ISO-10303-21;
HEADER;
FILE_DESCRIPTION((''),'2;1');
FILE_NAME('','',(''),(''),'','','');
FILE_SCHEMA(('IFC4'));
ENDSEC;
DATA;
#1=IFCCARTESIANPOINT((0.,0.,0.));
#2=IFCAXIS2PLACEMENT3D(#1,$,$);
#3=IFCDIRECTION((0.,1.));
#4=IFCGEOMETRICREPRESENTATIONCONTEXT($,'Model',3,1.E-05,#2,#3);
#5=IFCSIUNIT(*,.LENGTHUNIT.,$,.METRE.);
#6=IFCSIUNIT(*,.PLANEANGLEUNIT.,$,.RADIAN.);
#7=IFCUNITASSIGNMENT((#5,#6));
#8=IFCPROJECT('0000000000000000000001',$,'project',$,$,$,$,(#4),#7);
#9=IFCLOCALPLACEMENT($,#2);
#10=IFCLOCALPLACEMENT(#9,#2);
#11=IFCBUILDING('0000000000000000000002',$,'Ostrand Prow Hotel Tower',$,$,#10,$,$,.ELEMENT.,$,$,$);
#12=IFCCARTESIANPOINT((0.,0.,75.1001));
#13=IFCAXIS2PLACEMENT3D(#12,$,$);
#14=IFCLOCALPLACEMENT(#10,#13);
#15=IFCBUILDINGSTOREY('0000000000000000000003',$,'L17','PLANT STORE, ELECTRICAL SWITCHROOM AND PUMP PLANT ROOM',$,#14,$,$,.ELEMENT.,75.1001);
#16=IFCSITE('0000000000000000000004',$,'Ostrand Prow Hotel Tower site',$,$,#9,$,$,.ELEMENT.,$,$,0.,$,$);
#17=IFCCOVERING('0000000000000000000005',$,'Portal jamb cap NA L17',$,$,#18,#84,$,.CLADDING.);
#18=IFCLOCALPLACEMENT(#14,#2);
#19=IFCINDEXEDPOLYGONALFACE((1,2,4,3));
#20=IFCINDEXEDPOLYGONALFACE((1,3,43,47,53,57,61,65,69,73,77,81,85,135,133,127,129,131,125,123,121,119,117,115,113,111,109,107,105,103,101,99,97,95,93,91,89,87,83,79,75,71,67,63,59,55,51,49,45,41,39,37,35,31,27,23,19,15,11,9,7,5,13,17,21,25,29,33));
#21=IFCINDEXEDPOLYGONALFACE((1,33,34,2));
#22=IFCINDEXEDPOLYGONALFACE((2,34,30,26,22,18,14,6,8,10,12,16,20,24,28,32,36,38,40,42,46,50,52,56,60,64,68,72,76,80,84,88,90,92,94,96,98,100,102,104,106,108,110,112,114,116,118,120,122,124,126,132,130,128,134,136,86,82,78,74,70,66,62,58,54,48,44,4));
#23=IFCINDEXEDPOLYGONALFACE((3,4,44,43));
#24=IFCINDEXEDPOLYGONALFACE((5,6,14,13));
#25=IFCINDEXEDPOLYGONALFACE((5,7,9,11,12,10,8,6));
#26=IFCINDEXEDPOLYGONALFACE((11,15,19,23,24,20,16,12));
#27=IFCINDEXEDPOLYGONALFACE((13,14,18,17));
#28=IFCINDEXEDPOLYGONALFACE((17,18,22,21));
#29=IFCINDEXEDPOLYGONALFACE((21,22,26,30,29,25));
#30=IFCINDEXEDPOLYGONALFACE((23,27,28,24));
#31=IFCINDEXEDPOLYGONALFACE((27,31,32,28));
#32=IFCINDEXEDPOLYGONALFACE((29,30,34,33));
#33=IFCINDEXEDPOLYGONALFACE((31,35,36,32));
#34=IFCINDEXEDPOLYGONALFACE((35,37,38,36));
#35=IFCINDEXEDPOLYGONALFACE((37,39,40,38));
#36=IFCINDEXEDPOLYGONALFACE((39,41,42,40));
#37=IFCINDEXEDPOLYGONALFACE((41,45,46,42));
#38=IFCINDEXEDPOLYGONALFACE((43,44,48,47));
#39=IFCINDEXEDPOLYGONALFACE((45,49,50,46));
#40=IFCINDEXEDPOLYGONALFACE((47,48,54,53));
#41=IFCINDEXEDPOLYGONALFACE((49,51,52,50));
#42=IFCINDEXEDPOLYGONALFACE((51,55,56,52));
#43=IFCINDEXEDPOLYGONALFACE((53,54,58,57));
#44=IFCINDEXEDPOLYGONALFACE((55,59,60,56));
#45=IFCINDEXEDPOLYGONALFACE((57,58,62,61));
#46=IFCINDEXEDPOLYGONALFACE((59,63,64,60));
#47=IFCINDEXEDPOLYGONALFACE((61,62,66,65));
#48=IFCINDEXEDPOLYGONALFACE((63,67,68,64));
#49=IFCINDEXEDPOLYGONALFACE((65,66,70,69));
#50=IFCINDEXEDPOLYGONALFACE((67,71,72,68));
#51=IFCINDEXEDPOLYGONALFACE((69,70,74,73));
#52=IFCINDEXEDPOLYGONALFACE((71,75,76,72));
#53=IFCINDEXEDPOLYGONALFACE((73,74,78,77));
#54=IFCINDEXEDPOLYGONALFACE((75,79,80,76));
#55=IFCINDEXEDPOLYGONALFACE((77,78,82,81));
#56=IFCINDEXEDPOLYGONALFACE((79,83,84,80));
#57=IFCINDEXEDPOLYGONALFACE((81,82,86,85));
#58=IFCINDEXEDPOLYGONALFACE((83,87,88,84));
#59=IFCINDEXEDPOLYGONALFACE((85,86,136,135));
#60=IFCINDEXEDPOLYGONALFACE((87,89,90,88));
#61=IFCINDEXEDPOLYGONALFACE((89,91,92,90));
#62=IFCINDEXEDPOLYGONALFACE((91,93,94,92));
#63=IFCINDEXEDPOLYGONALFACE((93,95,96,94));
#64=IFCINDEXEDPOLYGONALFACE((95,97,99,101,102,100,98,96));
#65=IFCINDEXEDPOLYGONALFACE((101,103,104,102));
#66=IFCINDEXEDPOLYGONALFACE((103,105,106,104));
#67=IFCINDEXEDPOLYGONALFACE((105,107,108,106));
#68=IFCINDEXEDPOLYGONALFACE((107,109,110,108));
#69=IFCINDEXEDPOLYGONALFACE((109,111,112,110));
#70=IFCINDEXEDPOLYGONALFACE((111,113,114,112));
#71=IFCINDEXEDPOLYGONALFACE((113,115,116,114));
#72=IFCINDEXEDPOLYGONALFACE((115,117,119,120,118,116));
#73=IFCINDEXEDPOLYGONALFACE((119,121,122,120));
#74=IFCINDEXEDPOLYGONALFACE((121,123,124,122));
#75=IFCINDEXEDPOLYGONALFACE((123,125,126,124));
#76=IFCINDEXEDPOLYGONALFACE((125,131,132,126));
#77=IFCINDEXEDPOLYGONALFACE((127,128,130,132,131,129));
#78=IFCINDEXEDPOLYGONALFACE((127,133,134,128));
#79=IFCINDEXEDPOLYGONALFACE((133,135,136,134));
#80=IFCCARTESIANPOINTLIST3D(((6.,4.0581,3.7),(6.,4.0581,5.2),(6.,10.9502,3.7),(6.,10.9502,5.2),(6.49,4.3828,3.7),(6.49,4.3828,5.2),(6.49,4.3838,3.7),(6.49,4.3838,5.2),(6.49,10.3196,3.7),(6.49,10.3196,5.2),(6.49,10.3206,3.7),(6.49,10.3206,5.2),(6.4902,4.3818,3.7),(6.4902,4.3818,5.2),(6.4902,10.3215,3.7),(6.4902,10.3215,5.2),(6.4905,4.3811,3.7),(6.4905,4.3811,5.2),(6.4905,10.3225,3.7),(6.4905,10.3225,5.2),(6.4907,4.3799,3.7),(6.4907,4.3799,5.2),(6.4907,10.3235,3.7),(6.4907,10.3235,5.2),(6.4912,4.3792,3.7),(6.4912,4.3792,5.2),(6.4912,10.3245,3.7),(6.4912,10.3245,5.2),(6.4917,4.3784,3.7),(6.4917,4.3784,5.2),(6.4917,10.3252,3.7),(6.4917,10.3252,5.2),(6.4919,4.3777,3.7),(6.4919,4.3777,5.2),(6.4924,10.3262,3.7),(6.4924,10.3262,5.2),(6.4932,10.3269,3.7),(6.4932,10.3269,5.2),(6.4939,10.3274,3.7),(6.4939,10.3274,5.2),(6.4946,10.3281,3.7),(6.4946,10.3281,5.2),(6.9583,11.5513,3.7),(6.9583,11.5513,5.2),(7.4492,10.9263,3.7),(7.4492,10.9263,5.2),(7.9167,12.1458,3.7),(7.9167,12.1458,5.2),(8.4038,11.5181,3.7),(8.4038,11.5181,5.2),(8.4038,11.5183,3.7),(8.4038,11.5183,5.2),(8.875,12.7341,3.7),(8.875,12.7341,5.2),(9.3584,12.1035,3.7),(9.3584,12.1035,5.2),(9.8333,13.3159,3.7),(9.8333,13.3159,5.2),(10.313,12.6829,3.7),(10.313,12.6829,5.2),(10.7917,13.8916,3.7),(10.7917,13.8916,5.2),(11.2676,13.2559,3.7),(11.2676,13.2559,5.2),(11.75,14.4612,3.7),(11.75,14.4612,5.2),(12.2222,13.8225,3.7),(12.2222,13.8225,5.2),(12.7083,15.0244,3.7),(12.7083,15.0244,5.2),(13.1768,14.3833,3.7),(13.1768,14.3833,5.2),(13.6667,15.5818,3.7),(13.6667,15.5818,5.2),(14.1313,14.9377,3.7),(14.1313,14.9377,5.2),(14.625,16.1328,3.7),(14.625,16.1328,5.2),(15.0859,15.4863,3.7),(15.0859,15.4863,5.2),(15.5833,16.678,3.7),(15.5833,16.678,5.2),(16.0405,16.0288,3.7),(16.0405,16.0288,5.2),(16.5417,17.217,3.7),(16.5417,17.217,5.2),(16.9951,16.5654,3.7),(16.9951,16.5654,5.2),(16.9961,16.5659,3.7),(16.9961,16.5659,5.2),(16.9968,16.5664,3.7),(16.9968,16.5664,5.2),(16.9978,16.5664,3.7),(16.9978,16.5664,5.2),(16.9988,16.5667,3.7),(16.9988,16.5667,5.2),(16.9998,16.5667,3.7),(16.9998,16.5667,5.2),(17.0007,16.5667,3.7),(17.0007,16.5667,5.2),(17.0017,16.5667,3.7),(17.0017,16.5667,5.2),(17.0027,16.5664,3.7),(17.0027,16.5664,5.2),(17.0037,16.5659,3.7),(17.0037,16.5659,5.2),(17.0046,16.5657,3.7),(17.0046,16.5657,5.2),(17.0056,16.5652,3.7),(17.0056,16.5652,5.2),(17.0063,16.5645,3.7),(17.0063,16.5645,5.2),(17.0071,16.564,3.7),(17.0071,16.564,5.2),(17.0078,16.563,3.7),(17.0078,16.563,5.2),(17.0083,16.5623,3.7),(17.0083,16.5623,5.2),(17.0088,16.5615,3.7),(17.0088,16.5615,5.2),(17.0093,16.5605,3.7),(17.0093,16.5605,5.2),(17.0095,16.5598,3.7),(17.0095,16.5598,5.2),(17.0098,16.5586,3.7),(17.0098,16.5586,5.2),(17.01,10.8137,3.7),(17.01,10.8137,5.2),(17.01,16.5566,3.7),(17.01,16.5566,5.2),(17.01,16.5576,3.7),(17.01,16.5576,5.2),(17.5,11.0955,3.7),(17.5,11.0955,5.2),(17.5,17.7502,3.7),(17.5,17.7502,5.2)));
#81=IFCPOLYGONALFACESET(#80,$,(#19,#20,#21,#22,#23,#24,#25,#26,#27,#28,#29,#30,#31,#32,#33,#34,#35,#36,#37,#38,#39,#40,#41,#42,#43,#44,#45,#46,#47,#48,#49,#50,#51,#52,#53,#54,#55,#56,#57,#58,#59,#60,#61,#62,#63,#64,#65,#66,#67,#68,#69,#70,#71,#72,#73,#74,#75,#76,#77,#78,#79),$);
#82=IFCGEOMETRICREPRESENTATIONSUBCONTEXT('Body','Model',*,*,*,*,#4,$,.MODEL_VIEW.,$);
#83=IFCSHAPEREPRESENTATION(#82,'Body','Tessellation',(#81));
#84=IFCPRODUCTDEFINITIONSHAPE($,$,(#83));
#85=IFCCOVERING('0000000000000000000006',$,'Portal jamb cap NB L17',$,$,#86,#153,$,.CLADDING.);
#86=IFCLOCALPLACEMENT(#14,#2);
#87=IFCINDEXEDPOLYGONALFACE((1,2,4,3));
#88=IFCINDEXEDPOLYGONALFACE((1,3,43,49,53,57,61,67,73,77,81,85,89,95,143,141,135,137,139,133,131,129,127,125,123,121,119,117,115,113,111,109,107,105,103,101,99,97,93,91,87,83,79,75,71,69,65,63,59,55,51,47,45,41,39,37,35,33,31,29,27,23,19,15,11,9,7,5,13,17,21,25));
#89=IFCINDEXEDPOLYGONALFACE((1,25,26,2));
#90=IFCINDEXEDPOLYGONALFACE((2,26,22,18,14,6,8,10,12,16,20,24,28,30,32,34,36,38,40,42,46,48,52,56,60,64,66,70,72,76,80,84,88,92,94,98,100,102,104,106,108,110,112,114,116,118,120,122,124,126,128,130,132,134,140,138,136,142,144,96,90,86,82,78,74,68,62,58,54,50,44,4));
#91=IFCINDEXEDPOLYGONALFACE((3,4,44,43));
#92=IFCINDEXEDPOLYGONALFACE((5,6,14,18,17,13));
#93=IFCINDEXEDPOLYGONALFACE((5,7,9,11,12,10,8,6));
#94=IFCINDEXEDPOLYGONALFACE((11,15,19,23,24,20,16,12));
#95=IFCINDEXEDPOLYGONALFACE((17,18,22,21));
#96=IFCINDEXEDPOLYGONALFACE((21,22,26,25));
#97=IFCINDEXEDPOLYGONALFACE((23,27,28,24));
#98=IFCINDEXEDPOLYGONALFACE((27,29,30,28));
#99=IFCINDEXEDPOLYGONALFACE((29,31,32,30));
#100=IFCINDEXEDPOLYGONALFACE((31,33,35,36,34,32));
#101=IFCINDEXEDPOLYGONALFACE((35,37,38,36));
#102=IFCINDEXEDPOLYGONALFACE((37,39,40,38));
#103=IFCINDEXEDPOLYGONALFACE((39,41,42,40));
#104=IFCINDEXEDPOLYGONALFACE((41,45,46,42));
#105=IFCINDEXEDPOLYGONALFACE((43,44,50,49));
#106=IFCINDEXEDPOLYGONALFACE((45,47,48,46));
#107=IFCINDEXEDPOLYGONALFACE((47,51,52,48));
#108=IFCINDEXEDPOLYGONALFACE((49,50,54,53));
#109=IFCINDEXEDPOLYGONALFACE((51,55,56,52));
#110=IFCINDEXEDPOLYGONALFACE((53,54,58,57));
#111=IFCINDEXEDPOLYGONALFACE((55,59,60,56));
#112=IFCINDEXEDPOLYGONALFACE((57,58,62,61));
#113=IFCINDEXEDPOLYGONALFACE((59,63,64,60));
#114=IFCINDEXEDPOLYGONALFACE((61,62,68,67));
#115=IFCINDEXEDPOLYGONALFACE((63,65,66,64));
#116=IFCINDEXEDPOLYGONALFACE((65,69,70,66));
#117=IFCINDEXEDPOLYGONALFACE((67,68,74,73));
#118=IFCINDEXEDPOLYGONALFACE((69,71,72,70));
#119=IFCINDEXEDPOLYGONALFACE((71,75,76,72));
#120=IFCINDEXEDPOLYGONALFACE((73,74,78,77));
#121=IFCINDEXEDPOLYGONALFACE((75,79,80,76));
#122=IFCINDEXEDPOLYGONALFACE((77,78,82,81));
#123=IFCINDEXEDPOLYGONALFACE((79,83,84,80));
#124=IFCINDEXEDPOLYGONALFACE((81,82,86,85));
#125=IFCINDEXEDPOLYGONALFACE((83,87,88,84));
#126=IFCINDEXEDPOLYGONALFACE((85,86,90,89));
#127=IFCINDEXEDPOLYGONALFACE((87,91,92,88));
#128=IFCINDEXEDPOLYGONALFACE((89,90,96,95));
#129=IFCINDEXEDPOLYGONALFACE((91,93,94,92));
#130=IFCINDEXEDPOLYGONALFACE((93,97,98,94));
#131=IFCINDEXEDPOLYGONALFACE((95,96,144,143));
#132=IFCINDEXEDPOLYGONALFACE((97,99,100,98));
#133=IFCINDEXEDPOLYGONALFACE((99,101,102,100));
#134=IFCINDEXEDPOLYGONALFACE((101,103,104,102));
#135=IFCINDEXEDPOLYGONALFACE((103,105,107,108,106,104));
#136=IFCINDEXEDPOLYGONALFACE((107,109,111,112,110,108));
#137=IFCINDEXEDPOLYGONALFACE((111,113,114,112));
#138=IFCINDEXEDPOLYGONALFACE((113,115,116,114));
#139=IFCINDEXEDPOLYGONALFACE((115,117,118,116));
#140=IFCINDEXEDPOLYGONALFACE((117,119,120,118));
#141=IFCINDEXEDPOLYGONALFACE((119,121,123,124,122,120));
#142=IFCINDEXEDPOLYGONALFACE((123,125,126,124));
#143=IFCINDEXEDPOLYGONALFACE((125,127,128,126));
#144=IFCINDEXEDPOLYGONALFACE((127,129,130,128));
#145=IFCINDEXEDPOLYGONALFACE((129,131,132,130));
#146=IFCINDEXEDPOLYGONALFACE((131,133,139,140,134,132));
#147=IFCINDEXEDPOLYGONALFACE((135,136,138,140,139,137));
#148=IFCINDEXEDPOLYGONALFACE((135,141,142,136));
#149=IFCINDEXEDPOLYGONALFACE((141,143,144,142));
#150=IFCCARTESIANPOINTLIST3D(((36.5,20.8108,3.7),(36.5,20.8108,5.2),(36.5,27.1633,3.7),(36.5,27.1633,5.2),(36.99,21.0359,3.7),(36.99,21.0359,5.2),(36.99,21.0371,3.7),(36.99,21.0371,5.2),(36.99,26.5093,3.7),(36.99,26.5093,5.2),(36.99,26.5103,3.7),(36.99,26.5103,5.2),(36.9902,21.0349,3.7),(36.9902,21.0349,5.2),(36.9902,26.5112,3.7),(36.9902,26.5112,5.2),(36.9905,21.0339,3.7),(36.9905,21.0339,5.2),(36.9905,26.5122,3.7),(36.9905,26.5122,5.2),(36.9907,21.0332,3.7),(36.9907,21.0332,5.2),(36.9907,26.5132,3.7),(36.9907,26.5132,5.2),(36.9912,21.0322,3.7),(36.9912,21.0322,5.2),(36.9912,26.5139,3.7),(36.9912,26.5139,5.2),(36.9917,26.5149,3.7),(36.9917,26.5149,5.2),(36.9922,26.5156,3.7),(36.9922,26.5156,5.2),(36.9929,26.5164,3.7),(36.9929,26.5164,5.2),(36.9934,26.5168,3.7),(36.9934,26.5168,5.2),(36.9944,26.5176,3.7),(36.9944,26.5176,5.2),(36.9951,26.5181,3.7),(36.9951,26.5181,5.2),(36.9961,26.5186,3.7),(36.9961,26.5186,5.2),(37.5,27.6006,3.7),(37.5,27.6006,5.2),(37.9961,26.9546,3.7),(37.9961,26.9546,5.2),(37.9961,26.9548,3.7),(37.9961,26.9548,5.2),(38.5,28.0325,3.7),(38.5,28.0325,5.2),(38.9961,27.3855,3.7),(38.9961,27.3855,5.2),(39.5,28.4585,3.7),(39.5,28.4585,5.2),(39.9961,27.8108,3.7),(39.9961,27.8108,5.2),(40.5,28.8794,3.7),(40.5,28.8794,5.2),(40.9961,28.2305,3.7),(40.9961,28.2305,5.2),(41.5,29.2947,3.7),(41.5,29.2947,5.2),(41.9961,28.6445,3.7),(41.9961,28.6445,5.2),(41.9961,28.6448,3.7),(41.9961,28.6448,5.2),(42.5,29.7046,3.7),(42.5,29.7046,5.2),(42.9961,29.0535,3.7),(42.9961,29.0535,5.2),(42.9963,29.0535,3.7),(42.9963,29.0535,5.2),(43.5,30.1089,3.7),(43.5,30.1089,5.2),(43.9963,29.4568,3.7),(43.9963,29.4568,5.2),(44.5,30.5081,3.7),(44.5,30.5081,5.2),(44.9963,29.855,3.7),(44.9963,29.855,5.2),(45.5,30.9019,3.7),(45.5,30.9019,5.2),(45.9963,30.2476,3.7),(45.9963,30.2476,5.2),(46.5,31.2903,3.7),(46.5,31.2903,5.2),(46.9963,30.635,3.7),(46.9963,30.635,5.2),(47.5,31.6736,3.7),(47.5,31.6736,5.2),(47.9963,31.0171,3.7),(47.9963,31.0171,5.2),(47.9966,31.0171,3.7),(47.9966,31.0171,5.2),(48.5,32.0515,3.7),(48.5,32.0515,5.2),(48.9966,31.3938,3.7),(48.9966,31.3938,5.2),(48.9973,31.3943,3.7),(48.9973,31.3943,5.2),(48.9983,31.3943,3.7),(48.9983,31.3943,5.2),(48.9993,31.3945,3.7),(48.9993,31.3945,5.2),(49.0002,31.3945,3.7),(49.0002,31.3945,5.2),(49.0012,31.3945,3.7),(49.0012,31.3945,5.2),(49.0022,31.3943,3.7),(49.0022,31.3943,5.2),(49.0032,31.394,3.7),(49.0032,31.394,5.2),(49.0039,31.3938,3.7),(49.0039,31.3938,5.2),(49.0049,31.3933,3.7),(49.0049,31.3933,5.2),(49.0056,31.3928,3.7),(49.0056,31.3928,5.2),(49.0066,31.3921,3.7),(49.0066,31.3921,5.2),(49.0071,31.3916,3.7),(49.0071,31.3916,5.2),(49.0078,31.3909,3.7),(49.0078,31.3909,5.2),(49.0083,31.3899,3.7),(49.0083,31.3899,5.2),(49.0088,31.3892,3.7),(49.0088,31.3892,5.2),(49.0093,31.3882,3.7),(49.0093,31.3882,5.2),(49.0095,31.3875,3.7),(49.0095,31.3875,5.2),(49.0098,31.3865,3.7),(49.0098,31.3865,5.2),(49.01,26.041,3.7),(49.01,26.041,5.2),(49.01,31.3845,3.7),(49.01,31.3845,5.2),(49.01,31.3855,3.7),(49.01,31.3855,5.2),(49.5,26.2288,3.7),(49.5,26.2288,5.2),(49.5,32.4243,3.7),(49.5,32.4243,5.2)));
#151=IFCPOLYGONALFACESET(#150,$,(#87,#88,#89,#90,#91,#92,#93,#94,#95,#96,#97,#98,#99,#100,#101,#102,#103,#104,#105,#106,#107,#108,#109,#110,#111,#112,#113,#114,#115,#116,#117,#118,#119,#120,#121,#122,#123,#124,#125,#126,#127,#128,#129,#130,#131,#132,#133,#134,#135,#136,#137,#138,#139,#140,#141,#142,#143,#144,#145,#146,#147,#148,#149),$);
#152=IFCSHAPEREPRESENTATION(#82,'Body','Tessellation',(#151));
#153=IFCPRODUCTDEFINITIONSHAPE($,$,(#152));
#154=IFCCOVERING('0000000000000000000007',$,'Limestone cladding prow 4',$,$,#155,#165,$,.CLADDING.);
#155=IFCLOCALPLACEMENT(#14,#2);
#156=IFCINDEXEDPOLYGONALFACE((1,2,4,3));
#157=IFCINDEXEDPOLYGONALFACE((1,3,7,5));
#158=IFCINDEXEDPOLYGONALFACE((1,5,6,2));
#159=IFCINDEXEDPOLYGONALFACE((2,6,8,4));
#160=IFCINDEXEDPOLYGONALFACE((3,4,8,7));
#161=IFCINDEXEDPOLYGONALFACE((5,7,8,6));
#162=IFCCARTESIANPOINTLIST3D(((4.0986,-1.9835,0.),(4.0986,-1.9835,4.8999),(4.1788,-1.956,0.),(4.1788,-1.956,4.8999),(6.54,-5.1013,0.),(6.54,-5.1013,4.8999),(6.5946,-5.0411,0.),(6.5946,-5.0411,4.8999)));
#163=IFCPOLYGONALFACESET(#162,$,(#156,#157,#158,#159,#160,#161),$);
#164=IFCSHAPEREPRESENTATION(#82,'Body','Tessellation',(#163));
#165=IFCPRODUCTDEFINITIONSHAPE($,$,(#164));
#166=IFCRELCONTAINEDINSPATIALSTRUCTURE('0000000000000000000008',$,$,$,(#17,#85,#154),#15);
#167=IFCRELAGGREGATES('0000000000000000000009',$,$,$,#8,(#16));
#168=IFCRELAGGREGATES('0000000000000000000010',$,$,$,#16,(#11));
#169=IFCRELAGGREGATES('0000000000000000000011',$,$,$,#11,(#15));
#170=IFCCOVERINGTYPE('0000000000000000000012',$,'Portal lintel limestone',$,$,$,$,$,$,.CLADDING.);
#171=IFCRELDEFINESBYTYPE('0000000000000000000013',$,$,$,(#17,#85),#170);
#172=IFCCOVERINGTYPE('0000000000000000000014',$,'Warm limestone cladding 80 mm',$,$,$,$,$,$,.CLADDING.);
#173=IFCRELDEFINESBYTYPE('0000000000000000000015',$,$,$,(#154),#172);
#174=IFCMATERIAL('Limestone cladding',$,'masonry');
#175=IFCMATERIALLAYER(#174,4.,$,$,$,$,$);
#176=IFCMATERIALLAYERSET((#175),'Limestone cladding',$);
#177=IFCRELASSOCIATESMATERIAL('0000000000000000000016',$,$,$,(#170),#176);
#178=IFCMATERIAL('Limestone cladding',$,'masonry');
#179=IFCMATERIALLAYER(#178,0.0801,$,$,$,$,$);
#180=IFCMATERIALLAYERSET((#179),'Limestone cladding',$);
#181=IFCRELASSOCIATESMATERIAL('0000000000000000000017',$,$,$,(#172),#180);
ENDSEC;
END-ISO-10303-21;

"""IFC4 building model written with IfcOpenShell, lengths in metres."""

from ifc_helpers import new_model, si_unit, direction, frame, origin, place, context, subcontext, project, spatial, polyline, outline, extrude, material, layer, layer_set, type_object, element, save


model = new_model("IFC4")

# Units and contexts
model_context = context("Model", 3, precision=1e-05, world=origin(), true_north=direction((0.0, 1.0)))
body_context = subcontext(model_context, "Body", "Model", "MODEL_VIEW")
ifc_project = project(units=[si_unit("LENGTHUNIT", "METRE"), si_unit("PLANEANGLEUNIT", "RADIAN")], contexts=[model_context])

# Site, building, storey
site_placement = place(None, origin())
site = spatial("IfcSite", under=ifc_project, at=site_placement, Name="Ostrand Prow Hotel Tower site", CompositionType="ELEMENT", RefElevation=0.0)
building_placement = place(site_placement, origin())
building = spatial("IfcBuilding", under=site, at=building_placement, Name="Ostrand Prow Hotel Tower", CompositionType="ELEMENT")
storey_placement = place(building_placement, frame((0.0, 0.0, 75.1001)))
storey = spatial("IfcBuildingStorey", under=building, at=storey_placement, Name="L17", Description="PLANT STORE, ELECTRICAL SWITCHROOM AND PUMP PLANT ROOM", CompositionType="ELEMENT", Elevation=75.1001)

# Coverings
ifc_material_1 = material(Name="Limestone cladding", Category="masonry")
ifc_layer_1 = layer(ifc_material_1, 4.0)
ifc_layer_set_1 = layer_set([ifc_layer_1], Name="Limestone cladding")
covering_type_1 = type_object("IfcCoveringType", Name="Portal lintel limestone", PredefinedType="CLADDING", material=ifc_layer_set_1)
covering_1_placement = place(storey_placement, frame((0.0, 0.0, 3.7)))
element("IfcCovering", 1, at=covering_1_placement, inside=storey, type_object=covering_type_1, Name="Portal jamb cap NA L17", PredefinedType="CLADDING", context=body_context, shape_type="SweptSolid", body=[
    extrude(outline(polyline([(6.0, 10.9502), (6.0, 4.0581), (6.4919, 4.3777), (6.4917, 4.3784), (6.4912, 4.3792), (6.4907, 4.3799), (6.4905, 4.3811), (6.4902, 4.3818), (6.49, 4.3828), (6.49, 4.3838), (6.49, 10.3196), (6.49, 10.3206), (6.4902, 10.3215), (6.4905, 10.3225), (6.4907, 10.3235), (6.4912, 10.3245), (6.4917, 10.3252), (6.4924, 10.3262), (6.4932, 10.3269), (6.4939, 10.3274), (6.4946, 10.3281), (7.4492, 10.9263), (7.4492, 10.9263), (8.4038, 11.5181), (8.4038, 11.5183), (9.3584, 12.1035), (9.3584, 12.1035), (10.313, 12.6829), (10.313, 12.6829), (11.2676, 13.2559), (11.2676, 13.2559), (12.2222, 13.8225), (12.2222, 13.8225), (13.1768, 14.3833), (13.1768, 14.3833), (14.1313, 14.9377), (14.1313, 14.9377), (15.0859, 15.4863), (15.0859, 15.4863), (16.0405, 16.0288), (16.0405, 16.0288), (16.9951, 16.5654), (16.9961, 16.5659), (16.9968, 16.5664), (16.9978, 16.5664), (16.9988, 16.5667), (16.9998, 16.5667), (17.0007, 16.5667), (17.0017, 16.5667), (17.0027, 16.5664), (17.0037, 16.5659), (17.0046, 16.5657), (17.0056, 16.5652), (17.0063, 16.5645), (17.0071, 16.564), (17.0078, 16.563), (17.0083, 16.5623), (17.0088, 16.5615), (17.0093, 16.5605), (17.0095, 16.5598), (17.0098, 16.5586), (17.01, 16.5576), (17.01, 16.5566), (17.01, 10.8137), (17.5, 11.0955), (17.5, 17.7502), (16.5417, 17.217), (15.5833, 16.678), (14.625, 16.1328), (13.6667, 15.5818), (12.7083, 15.0244), (11.75, 14.4612), (10.7917, 13.8916), (9.8333, 13.3159), (8.875, 12.7341), (7.9167, 12.1458), (6.9583, 11.5513), (6.0, 10.9502)])), origin(), (0.0, 0.0, 1.0), 1.5),
])
covering_2_placement = place(storey_placement, frame((0.0, 0.0, 3.7)))
element("IfcCovering", 2, at=covering_2_placement, inside=storey, type_object=covering_type_1, Name="Portal jamb cap NB L17", PredefinedType="CLADDING", context=body_context, shape_type="SweptSolid", body=[
    extrude(outline(polyline([(36.5, 27.1633), (36.5, 20.8108), (36.9912, 21.0322), (36.9907, 21.0332), (36.9905, 21.0339), (36.9902, 21.0349), (36.99, 21.0359), (36.99, 21.0371), (36.99, 26.5093), (36.99, 26.5103), (36.9902, 26.5112), (36.9905, 26.5122), (36.9907, 26.5132), (36.9912, 26.5139), (36.9917, 26.5149), (36.9922, 26.5156), (36.9929, 26.5164), (36.9934, 26.5168), (36.9944, 26.5176), (36.9951, 26.5181), (36.9961, 26.5186), (37.9961, 26.9546), (37.9961, 26.9548), (38.9961, 27.3855), (38.9961, 27.3855), (39.9961, 27.8108), (39.9961, 27.8108), (40.9961, 28.2305), (40.9961, 28.2305), (41.9961, 28.6445), (41.9961, 28.6448), (42.9961, 29.0535), (42.9963, 29.0535), (43.9963, 29.4568), (43.9963, 29.4568), (44.9963, 29.855), (44.9963, 29.855), (45.9963, 30.2476), (45.9963, 30.2476), (46.9963, 30.635), (46.9963, 30.635), (47.9963, 31.0171), (47.9966, 31.0171), (48.9966, 31.3938), (48.9973, 31.3943), (48.9983, 31.3943), (48.9993, 31.3945), (49.0002, 31.3945), (49.0012, 31.3945), (49.0022, 31.3943), (49.0032, 31.394), (49.0039, 31.3938), (49.0049, 31.3933), (49.0056, 31.3928), (49.0066, 31.3921), (49.0071, 31.3916), (49.0078, 31.3909), (49.0083, 31.3899), (49.0088, 31.3892), (49.0093, 31.3882), (49.0095, 31.3875), (49.0098, 31.3865), (49.01, 31.3855), (49.01, 31.3845), (49.01, 26.041), (49.5, 26.2288), (49.5, 32.4243), (48.5, 32.0515), (47.5, 31.6736), (46.5, 31.2903), (45.5, 30.9019), (44.5, 30.5081), (43.5, 30.1089), (42.5, 29.7046), (41.5, 29.2947), (40.5, 28.8794), (39.5, 28.4585), (38.5, 28.0325), (37.5, 27.6006), (36.5, 27.1633)])), origin(), (0.0, 0.0, 1.0), 1.5),
])
ifc_material_2 = material(Name="Limestone cladding", Category="masonry")
ifc_layer_2 = layer(ifc_material_2, 0.0801)
ifc_layer_set_2 = layer_set([ifc_layer_2], Name="Limestone cladding")
covering_type_2 = type_object("IfcCoveringType", Name="Warm limestone cladding 80 mm", PredefinedType="CLADDING", material=ifc_layer_set_2)
covering_3_placement = place(storey_placement, frame((4.1387, -1.9697, 0.0), z_axis=(0.0, 0.0, 1.0), x_axis=(0.616529, -0.787332, 0.0)))
element("IfcCovering", 3, at=covering_3_placement, inside=storey, type_object=covering_type_2, Name="Limestone cladding prow 4", PredefinedType="CLADDING", context=body_context, shape_type="SweptSolid", body=[
    extrude(outline(polyline([(-0.0139, -0.04), (3.946, -0.04), (3.9324, 0.04), (0.0139, 0.04), (-0.0139, -0.04)])), origin(), (0.0, 0.0, 1.0), 4.8999),
])

save(model, "model.ifc")
